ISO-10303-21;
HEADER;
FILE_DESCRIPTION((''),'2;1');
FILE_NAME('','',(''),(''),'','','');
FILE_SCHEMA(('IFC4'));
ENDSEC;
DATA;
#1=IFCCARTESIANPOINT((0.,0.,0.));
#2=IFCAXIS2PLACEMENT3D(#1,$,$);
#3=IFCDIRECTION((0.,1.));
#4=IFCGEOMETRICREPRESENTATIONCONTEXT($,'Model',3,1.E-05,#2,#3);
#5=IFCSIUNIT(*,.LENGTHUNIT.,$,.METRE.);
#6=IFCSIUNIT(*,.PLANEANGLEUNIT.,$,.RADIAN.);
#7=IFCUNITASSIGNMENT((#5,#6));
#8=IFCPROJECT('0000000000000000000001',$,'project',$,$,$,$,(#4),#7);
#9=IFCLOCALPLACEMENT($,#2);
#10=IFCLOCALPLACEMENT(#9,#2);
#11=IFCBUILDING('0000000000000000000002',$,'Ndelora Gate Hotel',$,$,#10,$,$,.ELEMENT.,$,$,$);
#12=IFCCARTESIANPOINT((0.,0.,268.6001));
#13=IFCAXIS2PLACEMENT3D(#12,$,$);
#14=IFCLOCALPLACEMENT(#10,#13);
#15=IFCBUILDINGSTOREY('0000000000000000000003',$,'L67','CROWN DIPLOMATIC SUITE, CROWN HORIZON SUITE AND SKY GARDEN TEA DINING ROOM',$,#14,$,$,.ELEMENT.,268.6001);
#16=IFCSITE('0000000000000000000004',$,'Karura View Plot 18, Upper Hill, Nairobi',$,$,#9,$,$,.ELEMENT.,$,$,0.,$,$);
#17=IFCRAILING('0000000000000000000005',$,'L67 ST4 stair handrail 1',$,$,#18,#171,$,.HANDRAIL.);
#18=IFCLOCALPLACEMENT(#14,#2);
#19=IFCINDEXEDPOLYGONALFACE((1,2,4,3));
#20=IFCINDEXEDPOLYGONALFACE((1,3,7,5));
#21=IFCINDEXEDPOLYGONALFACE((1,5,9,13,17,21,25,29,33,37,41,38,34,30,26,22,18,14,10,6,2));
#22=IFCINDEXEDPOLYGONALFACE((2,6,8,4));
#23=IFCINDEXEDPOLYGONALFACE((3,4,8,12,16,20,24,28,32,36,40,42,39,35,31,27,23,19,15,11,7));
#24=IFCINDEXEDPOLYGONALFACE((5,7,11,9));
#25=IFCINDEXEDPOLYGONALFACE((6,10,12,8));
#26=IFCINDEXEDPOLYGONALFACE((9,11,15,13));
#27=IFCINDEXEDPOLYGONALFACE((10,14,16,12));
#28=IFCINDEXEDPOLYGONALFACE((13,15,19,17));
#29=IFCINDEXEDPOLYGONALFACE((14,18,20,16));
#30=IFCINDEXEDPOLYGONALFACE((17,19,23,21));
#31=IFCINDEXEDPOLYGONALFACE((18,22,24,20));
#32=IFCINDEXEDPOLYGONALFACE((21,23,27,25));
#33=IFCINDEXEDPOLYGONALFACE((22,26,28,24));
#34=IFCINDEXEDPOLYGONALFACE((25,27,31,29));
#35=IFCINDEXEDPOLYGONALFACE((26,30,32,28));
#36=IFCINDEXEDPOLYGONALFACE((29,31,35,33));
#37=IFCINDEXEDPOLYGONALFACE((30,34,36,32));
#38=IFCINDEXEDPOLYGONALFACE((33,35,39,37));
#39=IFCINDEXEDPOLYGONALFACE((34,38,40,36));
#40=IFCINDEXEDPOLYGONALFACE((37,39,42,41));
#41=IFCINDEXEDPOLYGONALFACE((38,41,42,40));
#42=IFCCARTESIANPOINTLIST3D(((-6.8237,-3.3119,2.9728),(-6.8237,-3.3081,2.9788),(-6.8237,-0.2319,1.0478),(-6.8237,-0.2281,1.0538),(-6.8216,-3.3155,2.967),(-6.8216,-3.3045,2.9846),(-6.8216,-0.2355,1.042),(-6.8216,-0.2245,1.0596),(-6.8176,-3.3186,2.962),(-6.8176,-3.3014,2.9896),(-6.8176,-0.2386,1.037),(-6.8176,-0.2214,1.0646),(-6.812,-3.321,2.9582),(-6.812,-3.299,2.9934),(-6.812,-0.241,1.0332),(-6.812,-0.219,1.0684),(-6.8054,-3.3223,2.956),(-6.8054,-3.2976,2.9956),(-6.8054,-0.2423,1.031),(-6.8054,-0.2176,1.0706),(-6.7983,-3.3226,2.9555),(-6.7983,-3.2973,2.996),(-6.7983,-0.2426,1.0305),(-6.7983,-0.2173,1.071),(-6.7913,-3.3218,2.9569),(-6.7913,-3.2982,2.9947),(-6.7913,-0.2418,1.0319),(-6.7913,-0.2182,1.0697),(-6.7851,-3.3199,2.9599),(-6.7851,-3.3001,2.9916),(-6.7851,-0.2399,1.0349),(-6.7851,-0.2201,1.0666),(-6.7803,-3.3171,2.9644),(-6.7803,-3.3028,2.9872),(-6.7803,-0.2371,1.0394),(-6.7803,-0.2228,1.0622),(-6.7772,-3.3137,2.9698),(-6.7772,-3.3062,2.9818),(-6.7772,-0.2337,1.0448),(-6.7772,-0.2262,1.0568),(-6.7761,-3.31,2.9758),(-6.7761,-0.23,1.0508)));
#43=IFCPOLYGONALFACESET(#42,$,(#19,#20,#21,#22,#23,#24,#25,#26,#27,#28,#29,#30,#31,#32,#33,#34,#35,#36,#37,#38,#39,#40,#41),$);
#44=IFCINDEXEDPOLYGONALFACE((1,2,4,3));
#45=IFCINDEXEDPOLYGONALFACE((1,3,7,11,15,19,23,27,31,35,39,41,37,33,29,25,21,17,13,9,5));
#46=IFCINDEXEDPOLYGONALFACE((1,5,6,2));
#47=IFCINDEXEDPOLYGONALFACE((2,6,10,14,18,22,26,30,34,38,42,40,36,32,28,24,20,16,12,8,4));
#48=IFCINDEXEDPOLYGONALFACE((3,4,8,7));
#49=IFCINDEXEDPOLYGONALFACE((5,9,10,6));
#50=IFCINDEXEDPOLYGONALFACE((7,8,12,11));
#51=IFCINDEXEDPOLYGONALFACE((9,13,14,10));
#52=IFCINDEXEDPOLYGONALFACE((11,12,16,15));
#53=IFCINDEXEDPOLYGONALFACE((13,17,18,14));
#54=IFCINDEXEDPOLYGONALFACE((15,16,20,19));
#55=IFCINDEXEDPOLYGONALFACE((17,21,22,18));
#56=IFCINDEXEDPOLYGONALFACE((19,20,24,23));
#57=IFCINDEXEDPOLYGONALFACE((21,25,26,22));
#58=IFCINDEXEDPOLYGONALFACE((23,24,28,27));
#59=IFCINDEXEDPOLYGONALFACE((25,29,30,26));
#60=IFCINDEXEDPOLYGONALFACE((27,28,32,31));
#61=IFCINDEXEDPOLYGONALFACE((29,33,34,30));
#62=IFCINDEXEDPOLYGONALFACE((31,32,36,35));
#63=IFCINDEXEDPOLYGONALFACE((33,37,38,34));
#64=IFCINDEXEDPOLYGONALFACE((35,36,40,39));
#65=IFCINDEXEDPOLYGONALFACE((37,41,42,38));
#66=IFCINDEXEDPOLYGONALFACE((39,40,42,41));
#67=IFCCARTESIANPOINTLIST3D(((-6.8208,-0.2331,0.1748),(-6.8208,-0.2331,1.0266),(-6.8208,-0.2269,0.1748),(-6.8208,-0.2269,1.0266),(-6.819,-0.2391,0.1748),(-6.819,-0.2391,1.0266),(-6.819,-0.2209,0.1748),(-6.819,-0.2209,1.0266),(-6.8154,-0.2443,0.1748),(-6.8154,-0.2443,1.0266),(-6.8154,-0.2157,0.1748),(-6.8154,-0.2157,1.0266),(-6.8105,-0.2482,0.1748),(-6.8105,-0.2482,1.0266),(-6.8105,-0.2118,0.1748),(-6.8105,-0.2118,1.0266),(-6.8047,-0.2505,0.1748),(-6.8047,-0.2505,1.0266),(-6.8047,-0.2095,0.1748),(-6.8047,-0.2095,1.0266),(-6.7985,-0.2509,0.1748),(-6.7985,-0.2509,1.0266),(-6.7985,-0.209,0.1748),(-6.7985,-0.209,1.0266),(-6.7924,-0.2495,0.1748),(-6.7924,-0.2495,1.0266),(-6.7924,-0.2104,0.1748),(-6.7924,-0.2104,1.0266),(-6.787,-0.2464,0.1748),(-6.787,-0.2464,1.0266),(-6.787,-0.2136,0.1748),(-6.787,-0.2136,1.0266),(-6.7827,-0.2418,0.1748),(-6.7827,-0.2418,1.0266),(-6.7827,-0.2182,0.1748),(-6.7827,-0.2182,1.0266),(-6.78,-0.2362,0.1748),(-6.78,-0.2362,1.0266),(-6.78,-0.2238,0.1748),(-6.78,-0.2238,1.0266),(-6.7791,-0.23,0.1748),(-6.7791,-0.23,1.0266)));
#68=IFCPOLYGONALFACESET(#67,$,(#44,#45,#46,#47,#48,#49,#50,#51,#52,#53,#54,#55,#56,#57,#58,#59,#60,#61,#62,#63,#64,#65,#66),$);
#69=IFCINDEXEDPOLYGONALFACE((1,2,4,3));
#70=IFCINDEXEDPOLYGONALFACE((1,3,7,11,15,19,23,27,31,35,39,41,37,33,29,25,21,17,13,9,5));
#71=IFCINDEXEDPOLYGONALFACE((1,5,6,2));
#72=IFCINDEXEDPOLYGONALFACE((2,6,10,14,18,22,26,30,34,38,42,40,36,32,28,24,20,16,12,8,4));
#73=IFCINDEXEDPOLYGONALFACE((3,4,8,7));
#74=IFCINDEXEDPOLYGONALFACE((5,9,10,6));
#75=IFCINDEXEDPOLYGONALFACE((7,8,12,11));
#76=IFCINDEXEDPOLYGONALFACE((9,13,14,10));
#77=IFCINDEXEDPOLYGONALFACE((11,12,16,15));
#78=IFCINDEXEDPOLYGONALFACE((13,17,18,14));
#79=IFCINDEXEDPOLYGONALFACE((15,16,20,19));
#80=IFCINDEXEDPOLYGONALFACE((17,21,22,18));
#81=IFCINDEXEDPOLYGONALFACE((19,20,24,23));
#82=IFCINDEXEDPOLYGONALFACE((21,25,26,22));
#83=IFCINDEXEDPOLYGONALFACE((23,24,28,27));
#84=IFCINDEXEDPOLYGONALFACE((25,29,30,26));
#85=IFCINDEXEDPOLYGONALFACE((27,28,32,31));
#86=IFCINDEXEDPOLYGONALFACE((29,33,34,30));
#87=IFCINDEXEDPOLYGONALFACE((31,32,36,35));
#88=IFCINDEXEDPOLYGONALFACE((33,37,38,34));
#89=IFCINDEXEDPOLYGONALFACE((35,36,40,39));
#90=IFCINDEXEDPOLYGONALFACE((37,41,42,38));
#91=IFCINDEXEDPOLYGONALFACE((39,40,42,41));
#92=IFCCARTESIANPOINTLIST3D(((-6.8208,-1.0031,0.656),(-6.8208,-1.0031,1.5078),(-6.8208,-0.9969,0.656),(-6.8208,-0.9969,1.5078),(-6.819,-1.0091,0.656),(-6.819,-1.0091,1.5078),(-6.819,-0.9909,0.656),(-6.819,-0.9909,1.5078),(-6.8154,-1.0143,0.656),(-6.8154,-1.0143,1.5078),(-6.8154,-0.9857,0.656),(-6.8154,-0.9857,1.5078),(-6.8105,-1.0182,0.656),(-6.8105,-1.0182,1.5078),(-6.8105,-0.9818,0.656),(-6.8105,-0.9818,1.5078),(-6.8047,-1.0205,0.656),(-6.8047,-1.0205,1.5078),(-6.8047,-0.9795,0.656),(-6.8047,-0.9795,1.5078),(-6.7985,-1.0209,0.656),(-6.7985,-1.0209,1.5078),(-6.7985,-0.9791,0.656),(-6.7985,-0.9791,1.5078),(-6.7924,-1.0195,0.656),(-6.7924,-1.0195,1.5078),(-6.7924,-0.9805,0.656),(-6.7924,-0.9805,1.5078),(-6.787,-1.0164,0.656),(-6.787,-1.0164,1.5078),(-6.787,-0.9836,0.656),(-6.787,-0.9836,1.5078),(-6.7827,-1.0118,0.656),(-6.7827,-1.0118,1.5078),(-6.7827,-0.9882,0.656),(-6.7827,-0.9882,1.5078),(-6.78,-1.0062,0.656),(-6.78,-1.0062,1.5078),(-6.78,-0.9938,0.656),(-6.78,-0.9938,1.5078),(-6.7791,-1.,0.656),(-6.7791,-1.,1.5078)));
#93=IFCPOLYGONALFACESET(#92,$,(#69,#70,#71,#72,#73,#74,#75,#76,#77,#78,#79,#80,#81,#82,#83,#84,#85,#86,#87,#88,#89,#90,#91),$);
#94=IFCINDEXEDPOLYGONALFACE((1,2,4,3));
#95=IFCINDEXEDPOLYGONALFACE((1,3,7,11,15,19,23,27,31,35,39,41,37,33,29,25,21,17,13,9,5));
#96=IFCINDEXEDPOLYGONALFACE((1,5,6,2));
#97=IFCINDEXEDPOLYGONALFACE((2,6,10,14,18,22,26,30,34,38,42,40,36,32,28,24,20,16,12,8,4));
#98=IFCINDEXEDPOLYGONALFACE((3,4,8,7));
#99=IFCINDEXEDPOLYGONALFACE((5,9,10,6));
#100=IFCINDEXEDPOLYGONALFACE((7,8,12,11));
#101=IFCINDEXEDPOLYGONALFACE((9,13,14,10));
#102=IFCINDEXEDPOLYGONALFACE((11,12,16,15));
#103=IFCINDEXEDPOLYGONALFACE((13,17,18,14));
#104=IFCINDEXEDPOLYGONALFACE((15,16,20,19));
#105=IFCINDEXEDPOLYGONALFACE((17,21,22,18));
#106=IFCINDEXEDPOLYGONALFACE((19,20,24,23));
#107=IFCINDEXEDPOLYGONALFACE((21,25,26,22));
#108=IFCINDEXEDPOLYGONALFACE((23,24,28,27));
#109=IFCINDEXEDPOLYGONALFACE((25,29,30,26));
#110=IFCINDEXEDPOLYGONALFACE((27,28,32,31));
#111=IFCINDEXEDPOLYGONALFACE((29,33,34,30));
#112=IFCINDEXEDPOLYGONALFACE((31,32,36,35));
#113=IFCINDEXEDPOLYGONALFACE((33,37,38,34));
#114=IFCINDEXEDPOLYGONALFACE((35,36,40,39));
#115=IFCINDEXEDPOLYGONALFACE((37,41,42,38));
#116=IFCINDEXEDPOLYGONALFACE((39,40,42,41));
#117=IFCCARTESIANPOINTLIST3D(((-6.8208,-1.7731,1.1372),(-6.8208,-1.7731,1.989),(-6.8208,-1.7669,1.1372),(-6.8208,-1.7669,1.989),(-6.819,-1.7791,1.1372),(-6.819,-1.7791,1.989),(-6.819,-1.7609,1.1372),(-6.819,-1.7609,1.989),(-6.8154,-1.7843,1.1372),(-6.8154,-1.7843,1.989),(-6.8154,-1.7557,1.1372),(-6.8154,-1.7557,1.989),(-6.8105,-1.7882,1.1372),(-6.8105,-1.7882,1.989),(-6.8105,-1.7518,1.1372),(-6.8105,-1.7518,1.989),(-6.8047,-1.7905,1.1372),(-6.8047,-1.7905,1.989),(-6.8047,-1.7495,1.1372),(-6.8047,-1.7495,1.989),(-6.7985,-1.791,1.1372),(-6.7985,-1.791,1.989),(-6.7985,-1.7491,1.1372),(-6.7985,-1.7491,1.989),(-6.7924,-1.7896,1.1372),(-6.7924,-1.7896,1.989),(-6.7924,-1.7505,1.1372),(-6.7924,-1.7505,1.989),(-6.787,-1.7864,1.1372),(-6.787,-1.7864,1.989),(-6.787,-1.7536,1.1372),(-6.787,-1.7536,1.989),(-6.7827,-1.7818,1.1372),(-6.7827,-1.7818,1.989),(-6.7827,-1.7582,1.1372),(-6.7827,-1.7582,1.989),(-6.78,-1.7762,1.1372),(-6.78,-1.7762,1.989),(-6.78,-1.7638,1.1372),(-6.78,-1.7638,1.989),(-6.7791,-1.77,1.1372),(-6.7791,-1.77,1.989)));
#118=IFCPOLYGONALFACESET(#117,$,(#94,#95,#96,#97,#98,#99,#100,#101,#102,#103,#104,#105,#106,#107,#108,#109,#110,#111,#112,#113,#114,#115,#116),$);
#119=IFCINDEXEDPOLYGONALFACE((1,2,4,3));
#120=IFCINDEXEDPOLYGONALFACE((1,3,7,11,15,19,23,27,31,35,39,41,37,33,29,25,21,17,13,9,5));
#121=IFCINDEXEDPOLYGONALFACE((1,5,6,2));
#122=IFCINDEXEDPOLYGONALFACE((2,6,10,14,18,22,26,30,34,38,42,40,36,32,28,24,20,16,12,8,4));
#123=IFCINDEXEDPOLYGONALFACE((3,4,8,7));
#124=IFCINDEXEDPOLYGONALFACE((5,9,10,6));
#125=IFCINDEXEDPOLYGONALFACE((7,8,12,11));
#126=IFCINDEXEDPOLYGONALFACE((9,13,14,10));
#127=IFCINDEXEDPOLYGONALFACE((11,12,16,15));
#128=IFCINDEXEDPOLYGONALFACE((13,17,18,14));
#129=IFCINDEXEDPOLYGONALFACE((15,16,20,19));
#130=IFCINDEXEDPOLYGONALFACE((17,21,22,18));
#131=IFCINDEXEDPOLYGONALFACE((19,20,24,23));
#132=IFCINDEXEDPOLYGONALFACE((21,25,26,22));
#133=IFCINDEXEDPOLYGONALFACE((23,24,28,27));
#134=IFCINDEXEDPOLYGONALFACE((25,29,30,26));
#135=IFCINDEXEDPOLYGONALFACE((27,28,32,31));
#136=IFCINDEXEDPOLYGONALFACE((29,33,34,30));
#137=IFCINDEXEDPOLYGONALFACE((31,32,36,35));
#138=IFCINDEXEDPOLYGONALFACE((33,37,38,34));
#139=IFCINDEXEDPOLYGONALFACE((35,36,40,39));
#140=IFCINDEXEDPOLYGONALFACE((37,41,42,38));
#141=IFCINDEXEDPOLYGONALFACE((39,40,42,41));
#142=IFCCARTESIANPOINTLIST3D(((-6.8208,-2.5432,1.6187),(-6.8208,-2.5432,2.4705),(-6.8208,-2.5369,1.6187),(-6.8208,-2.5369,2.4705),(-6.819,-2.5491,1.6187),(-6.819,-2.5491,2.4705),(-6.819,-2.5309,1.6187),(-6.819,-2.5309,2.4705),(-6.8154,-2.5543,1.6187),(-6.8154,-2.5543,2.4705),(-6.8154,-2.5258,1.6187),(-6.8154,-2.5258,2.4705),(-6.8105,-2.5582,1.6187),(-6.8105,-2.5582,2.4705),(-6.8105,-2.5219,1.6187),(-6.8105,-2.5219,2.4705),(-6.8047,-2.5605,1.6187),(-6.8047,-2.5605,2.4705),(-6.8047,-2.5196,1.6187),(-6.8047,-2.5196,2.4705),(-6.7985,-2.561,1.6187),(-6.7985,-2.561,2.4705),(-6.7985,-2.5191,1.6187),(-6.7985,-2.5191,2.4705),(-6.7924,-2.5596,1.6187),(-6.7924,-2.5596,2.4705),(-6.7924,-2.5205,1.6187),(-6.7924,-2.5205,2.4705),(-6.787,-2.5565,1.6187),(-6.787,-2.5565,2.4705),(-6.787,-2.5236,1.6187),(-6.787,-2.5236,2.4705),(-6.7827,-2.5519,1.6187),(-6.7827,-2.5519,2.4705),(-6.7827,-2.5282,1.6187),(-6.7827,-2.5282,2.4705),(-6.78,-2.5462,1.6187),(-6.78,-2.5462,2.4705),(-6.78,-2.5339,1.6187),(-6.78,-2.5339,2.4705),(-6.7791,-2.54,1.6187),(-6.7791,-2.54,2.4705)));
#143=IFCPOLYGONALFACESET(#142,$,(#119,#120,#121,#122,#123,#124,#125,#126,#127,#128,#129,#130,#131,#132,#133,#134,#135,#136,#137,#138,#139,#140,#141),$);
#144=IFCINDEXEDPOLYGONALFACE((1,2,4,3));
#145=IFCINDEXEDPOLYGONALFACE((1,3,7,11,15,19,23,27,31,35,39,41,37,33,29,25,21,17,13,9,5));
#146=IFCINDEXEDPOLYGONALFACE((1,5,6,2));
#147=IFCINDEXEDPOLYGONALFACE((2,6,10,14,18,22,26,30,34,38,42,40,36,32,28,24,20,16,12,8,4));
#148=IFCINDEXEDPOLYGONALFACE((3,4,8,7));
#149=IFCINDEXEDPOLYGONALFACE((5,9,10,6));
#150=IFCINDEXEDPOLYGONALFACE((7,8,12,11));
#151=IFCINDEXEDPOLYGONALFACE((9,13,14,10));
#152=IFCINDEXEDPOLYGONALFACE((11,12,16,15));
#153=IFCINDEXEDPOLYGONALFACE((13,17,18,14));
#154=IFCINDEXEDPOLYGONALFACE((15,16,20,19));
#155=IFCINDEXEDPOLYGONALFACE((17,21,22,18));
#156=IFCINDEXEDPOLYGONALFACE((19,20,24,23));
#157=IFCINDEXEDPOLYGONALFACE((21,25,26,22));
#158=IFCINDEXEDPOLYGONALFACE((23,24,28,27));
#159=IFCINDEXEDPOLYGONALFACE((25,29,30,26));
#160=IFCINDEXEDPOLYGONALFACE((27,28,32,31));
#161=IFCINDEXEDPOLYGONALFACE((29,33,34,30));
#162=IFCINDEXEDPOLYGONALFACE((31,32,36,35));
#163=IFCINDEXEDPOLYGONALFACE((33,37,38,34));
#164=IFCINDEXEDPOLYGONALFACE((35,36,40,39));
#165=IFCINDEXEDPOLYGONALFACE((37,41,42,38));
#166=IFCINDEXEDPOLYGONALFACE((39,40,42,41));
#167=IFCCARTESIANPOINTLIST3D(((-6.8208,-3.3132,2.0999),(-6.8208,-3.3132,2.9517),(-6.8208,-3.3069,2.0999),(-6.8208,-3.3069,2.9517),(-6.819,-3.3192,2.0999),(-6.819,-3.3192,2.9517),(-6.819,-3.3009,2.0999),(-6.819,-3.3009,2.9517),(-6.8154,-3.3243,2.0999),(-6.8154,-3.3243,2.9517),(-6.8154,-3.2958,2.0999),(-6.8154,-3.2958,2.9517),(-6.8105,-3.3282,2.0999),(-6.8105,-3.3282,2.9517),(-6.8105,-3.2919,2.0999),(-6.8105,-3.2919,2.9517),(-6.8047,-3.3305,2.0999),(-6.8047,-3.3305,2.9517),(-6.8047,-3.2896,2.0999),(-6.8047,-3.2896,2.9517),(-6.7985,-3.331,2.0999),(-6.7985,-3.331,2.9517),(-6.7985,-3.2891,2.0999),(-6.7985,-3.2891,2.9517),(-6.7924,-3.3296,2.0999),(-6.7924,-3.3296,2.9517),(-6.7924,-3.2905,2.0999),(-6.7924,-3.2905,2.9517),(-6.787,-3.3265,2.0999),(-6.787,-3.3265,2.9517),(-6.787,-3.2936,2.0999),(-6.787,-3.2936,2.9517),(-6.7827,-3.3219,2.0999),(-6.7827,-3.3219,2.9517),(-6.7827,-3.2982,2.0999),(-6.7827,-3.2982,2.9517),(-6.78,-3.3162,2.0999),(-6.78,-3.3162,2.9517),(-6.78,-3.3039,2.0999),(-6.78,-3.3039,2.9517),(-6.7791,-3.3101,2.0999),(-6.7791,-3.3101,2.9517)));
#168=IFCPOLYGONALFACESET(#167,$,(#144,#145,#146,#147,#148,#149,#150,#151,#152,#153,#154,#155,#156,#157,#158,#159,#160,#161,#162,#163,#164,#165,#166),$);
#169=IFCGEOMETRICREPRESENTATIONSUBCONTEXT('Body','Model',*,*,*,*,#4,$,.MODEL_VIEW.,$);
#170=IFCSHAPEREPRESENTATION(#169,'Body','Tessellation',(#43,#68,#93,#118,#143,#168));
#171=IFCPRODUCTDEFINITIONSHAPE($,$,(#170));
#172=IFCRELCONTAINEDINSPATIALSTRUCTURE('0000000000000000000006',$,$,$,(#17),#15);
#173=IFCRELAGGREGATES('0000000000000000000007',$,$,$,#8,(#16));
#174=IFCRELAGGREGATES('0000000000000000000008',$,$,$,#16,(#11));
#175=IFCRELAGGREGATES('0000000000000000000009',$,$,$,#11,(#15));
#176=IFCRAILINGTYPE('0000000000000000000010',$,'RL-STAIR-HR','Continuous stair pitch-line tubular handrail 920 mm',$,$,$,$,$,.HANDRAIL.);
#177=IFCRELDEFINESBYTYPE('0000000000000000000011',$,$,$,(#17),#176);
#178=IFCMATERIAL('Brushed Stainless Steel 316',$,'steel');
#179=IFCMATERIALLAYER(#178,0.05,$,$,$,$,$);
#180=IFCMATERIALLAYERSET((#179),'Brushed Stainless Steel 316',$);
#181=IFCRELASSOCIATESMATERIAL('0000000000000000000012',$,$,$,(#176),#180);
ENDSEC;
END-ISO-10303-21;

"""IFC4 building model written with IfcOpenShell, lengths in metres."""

from ifc_helpers import new_model, si_unit, direction, frame, origin, origin_2d, place, context, subcontext, project, spatial, circle, extrude, material, layer, layer_set, type_object, element, save


model = new_model("IFC4")

# Units and contexts
model_context = context("Model", 3, precision=1e-05, world=origin(), true_north=direction((0.0, 1.0)))
body_context = subcontext(model_context, "Body", "Model", "MODEL_VIEW")
ifc_project = project(units=[si_unit("LENGTHUNIT", "METRE"), si_unit("PLANEANGLEUNIT", "RADIAN")], contexts=[model_context])

# Site, building, storey
site_placement = place(None, origin())
site = spatial("IfcSite", under=ifc_project, at=site_placement, Name="Karura View Plot 18, Upper Hill, Nairobi", CompositionType="ELEMENT", RefElevation=0.0)
building_placement = place(site_placement, origin())
building = spatial("IfcBuilding", under=site, at=building_placement, Name="Ndelora Gate Hotel", CompositionType="ELEMENT")
storey_placement = place(building_placement, frame((0.0, 0.0, 268.6001)))
storey = spatial("IfcBuildingStorey", under=building, at=storey_placement, Name="L67", Description="CROWN DIPLOMATIC SUITE, CROWN HORIZON SUITE AND SKY GARDEN TEA DINING ROOM", CompositionType="ELEMENT", Elevation=268.6001)

# Railing
ifc_material_1 = material(Name="Brushed Stainless Steel 316", Category="steel")
ifc_layer_1 = layer(ifc_material_1, 0.05)
ifc_layer_set_1 = layer_set([ifc_layer_1], Name="Brushed Stainless Steel 316")
railing_type_1 = type_object("IfcRailingType", Name="RL-STAIR-HR", Description="Continuous stair pitch-line tubular handrail 920 mm", PredefinedType="HANDRAIL", material=ifc_layer_set_1)
railing_1_placement = place(storey_placement, frame((-6.8, -0.23, 0.1748)))
element("IfcRailing", 1, at=railing_1_placement, inside=storey, type_object=railing_type_1, Name="L67 ST4 stair handrail 1", PredefinedType="HANDRAIL", context=body_context, shape_type="SweptSolid", body=[
    extrude(circle(Radius=0.0239, at=origin_2d()), frame((0.0, 0.0, 0.876), z_axis=(0.0, -0.847998, 0.529999), x_axis=(1.0, 0.0, 0.0)), (0.0, 0.0, 1.0), 3.6321),
    extrude(circle(Radius=0.021, at=origin_2d()), origin(), (0.0, 0.0, 1.0), 0.8518),
    extrude(circle(Radius=0.021, at=origin_2d()), frame((0.0, -0.77, 0.4812)), (0.0, 0.0, 1.0), 0.8518),
    extrude(circle(Radius=0.021, at=origin_2d()), frame((0.0, -1.54, 0.9624)), (0.0, 0.0, 1.0), 0.8518),
    extrude(circle(Radius=0.021, at=origin_2d()), frame((0.0, -2.3101, 1.4438)), (0.0, 0.0, 1.0), 0.8518),
    extrude(circle(Radius=0.021, at=origin_2d()), frame((0.0, -3.0801, 1.925)), (0.0, 0.0, 1.0), 0.8518),
])

save(model, "model.ifc")
